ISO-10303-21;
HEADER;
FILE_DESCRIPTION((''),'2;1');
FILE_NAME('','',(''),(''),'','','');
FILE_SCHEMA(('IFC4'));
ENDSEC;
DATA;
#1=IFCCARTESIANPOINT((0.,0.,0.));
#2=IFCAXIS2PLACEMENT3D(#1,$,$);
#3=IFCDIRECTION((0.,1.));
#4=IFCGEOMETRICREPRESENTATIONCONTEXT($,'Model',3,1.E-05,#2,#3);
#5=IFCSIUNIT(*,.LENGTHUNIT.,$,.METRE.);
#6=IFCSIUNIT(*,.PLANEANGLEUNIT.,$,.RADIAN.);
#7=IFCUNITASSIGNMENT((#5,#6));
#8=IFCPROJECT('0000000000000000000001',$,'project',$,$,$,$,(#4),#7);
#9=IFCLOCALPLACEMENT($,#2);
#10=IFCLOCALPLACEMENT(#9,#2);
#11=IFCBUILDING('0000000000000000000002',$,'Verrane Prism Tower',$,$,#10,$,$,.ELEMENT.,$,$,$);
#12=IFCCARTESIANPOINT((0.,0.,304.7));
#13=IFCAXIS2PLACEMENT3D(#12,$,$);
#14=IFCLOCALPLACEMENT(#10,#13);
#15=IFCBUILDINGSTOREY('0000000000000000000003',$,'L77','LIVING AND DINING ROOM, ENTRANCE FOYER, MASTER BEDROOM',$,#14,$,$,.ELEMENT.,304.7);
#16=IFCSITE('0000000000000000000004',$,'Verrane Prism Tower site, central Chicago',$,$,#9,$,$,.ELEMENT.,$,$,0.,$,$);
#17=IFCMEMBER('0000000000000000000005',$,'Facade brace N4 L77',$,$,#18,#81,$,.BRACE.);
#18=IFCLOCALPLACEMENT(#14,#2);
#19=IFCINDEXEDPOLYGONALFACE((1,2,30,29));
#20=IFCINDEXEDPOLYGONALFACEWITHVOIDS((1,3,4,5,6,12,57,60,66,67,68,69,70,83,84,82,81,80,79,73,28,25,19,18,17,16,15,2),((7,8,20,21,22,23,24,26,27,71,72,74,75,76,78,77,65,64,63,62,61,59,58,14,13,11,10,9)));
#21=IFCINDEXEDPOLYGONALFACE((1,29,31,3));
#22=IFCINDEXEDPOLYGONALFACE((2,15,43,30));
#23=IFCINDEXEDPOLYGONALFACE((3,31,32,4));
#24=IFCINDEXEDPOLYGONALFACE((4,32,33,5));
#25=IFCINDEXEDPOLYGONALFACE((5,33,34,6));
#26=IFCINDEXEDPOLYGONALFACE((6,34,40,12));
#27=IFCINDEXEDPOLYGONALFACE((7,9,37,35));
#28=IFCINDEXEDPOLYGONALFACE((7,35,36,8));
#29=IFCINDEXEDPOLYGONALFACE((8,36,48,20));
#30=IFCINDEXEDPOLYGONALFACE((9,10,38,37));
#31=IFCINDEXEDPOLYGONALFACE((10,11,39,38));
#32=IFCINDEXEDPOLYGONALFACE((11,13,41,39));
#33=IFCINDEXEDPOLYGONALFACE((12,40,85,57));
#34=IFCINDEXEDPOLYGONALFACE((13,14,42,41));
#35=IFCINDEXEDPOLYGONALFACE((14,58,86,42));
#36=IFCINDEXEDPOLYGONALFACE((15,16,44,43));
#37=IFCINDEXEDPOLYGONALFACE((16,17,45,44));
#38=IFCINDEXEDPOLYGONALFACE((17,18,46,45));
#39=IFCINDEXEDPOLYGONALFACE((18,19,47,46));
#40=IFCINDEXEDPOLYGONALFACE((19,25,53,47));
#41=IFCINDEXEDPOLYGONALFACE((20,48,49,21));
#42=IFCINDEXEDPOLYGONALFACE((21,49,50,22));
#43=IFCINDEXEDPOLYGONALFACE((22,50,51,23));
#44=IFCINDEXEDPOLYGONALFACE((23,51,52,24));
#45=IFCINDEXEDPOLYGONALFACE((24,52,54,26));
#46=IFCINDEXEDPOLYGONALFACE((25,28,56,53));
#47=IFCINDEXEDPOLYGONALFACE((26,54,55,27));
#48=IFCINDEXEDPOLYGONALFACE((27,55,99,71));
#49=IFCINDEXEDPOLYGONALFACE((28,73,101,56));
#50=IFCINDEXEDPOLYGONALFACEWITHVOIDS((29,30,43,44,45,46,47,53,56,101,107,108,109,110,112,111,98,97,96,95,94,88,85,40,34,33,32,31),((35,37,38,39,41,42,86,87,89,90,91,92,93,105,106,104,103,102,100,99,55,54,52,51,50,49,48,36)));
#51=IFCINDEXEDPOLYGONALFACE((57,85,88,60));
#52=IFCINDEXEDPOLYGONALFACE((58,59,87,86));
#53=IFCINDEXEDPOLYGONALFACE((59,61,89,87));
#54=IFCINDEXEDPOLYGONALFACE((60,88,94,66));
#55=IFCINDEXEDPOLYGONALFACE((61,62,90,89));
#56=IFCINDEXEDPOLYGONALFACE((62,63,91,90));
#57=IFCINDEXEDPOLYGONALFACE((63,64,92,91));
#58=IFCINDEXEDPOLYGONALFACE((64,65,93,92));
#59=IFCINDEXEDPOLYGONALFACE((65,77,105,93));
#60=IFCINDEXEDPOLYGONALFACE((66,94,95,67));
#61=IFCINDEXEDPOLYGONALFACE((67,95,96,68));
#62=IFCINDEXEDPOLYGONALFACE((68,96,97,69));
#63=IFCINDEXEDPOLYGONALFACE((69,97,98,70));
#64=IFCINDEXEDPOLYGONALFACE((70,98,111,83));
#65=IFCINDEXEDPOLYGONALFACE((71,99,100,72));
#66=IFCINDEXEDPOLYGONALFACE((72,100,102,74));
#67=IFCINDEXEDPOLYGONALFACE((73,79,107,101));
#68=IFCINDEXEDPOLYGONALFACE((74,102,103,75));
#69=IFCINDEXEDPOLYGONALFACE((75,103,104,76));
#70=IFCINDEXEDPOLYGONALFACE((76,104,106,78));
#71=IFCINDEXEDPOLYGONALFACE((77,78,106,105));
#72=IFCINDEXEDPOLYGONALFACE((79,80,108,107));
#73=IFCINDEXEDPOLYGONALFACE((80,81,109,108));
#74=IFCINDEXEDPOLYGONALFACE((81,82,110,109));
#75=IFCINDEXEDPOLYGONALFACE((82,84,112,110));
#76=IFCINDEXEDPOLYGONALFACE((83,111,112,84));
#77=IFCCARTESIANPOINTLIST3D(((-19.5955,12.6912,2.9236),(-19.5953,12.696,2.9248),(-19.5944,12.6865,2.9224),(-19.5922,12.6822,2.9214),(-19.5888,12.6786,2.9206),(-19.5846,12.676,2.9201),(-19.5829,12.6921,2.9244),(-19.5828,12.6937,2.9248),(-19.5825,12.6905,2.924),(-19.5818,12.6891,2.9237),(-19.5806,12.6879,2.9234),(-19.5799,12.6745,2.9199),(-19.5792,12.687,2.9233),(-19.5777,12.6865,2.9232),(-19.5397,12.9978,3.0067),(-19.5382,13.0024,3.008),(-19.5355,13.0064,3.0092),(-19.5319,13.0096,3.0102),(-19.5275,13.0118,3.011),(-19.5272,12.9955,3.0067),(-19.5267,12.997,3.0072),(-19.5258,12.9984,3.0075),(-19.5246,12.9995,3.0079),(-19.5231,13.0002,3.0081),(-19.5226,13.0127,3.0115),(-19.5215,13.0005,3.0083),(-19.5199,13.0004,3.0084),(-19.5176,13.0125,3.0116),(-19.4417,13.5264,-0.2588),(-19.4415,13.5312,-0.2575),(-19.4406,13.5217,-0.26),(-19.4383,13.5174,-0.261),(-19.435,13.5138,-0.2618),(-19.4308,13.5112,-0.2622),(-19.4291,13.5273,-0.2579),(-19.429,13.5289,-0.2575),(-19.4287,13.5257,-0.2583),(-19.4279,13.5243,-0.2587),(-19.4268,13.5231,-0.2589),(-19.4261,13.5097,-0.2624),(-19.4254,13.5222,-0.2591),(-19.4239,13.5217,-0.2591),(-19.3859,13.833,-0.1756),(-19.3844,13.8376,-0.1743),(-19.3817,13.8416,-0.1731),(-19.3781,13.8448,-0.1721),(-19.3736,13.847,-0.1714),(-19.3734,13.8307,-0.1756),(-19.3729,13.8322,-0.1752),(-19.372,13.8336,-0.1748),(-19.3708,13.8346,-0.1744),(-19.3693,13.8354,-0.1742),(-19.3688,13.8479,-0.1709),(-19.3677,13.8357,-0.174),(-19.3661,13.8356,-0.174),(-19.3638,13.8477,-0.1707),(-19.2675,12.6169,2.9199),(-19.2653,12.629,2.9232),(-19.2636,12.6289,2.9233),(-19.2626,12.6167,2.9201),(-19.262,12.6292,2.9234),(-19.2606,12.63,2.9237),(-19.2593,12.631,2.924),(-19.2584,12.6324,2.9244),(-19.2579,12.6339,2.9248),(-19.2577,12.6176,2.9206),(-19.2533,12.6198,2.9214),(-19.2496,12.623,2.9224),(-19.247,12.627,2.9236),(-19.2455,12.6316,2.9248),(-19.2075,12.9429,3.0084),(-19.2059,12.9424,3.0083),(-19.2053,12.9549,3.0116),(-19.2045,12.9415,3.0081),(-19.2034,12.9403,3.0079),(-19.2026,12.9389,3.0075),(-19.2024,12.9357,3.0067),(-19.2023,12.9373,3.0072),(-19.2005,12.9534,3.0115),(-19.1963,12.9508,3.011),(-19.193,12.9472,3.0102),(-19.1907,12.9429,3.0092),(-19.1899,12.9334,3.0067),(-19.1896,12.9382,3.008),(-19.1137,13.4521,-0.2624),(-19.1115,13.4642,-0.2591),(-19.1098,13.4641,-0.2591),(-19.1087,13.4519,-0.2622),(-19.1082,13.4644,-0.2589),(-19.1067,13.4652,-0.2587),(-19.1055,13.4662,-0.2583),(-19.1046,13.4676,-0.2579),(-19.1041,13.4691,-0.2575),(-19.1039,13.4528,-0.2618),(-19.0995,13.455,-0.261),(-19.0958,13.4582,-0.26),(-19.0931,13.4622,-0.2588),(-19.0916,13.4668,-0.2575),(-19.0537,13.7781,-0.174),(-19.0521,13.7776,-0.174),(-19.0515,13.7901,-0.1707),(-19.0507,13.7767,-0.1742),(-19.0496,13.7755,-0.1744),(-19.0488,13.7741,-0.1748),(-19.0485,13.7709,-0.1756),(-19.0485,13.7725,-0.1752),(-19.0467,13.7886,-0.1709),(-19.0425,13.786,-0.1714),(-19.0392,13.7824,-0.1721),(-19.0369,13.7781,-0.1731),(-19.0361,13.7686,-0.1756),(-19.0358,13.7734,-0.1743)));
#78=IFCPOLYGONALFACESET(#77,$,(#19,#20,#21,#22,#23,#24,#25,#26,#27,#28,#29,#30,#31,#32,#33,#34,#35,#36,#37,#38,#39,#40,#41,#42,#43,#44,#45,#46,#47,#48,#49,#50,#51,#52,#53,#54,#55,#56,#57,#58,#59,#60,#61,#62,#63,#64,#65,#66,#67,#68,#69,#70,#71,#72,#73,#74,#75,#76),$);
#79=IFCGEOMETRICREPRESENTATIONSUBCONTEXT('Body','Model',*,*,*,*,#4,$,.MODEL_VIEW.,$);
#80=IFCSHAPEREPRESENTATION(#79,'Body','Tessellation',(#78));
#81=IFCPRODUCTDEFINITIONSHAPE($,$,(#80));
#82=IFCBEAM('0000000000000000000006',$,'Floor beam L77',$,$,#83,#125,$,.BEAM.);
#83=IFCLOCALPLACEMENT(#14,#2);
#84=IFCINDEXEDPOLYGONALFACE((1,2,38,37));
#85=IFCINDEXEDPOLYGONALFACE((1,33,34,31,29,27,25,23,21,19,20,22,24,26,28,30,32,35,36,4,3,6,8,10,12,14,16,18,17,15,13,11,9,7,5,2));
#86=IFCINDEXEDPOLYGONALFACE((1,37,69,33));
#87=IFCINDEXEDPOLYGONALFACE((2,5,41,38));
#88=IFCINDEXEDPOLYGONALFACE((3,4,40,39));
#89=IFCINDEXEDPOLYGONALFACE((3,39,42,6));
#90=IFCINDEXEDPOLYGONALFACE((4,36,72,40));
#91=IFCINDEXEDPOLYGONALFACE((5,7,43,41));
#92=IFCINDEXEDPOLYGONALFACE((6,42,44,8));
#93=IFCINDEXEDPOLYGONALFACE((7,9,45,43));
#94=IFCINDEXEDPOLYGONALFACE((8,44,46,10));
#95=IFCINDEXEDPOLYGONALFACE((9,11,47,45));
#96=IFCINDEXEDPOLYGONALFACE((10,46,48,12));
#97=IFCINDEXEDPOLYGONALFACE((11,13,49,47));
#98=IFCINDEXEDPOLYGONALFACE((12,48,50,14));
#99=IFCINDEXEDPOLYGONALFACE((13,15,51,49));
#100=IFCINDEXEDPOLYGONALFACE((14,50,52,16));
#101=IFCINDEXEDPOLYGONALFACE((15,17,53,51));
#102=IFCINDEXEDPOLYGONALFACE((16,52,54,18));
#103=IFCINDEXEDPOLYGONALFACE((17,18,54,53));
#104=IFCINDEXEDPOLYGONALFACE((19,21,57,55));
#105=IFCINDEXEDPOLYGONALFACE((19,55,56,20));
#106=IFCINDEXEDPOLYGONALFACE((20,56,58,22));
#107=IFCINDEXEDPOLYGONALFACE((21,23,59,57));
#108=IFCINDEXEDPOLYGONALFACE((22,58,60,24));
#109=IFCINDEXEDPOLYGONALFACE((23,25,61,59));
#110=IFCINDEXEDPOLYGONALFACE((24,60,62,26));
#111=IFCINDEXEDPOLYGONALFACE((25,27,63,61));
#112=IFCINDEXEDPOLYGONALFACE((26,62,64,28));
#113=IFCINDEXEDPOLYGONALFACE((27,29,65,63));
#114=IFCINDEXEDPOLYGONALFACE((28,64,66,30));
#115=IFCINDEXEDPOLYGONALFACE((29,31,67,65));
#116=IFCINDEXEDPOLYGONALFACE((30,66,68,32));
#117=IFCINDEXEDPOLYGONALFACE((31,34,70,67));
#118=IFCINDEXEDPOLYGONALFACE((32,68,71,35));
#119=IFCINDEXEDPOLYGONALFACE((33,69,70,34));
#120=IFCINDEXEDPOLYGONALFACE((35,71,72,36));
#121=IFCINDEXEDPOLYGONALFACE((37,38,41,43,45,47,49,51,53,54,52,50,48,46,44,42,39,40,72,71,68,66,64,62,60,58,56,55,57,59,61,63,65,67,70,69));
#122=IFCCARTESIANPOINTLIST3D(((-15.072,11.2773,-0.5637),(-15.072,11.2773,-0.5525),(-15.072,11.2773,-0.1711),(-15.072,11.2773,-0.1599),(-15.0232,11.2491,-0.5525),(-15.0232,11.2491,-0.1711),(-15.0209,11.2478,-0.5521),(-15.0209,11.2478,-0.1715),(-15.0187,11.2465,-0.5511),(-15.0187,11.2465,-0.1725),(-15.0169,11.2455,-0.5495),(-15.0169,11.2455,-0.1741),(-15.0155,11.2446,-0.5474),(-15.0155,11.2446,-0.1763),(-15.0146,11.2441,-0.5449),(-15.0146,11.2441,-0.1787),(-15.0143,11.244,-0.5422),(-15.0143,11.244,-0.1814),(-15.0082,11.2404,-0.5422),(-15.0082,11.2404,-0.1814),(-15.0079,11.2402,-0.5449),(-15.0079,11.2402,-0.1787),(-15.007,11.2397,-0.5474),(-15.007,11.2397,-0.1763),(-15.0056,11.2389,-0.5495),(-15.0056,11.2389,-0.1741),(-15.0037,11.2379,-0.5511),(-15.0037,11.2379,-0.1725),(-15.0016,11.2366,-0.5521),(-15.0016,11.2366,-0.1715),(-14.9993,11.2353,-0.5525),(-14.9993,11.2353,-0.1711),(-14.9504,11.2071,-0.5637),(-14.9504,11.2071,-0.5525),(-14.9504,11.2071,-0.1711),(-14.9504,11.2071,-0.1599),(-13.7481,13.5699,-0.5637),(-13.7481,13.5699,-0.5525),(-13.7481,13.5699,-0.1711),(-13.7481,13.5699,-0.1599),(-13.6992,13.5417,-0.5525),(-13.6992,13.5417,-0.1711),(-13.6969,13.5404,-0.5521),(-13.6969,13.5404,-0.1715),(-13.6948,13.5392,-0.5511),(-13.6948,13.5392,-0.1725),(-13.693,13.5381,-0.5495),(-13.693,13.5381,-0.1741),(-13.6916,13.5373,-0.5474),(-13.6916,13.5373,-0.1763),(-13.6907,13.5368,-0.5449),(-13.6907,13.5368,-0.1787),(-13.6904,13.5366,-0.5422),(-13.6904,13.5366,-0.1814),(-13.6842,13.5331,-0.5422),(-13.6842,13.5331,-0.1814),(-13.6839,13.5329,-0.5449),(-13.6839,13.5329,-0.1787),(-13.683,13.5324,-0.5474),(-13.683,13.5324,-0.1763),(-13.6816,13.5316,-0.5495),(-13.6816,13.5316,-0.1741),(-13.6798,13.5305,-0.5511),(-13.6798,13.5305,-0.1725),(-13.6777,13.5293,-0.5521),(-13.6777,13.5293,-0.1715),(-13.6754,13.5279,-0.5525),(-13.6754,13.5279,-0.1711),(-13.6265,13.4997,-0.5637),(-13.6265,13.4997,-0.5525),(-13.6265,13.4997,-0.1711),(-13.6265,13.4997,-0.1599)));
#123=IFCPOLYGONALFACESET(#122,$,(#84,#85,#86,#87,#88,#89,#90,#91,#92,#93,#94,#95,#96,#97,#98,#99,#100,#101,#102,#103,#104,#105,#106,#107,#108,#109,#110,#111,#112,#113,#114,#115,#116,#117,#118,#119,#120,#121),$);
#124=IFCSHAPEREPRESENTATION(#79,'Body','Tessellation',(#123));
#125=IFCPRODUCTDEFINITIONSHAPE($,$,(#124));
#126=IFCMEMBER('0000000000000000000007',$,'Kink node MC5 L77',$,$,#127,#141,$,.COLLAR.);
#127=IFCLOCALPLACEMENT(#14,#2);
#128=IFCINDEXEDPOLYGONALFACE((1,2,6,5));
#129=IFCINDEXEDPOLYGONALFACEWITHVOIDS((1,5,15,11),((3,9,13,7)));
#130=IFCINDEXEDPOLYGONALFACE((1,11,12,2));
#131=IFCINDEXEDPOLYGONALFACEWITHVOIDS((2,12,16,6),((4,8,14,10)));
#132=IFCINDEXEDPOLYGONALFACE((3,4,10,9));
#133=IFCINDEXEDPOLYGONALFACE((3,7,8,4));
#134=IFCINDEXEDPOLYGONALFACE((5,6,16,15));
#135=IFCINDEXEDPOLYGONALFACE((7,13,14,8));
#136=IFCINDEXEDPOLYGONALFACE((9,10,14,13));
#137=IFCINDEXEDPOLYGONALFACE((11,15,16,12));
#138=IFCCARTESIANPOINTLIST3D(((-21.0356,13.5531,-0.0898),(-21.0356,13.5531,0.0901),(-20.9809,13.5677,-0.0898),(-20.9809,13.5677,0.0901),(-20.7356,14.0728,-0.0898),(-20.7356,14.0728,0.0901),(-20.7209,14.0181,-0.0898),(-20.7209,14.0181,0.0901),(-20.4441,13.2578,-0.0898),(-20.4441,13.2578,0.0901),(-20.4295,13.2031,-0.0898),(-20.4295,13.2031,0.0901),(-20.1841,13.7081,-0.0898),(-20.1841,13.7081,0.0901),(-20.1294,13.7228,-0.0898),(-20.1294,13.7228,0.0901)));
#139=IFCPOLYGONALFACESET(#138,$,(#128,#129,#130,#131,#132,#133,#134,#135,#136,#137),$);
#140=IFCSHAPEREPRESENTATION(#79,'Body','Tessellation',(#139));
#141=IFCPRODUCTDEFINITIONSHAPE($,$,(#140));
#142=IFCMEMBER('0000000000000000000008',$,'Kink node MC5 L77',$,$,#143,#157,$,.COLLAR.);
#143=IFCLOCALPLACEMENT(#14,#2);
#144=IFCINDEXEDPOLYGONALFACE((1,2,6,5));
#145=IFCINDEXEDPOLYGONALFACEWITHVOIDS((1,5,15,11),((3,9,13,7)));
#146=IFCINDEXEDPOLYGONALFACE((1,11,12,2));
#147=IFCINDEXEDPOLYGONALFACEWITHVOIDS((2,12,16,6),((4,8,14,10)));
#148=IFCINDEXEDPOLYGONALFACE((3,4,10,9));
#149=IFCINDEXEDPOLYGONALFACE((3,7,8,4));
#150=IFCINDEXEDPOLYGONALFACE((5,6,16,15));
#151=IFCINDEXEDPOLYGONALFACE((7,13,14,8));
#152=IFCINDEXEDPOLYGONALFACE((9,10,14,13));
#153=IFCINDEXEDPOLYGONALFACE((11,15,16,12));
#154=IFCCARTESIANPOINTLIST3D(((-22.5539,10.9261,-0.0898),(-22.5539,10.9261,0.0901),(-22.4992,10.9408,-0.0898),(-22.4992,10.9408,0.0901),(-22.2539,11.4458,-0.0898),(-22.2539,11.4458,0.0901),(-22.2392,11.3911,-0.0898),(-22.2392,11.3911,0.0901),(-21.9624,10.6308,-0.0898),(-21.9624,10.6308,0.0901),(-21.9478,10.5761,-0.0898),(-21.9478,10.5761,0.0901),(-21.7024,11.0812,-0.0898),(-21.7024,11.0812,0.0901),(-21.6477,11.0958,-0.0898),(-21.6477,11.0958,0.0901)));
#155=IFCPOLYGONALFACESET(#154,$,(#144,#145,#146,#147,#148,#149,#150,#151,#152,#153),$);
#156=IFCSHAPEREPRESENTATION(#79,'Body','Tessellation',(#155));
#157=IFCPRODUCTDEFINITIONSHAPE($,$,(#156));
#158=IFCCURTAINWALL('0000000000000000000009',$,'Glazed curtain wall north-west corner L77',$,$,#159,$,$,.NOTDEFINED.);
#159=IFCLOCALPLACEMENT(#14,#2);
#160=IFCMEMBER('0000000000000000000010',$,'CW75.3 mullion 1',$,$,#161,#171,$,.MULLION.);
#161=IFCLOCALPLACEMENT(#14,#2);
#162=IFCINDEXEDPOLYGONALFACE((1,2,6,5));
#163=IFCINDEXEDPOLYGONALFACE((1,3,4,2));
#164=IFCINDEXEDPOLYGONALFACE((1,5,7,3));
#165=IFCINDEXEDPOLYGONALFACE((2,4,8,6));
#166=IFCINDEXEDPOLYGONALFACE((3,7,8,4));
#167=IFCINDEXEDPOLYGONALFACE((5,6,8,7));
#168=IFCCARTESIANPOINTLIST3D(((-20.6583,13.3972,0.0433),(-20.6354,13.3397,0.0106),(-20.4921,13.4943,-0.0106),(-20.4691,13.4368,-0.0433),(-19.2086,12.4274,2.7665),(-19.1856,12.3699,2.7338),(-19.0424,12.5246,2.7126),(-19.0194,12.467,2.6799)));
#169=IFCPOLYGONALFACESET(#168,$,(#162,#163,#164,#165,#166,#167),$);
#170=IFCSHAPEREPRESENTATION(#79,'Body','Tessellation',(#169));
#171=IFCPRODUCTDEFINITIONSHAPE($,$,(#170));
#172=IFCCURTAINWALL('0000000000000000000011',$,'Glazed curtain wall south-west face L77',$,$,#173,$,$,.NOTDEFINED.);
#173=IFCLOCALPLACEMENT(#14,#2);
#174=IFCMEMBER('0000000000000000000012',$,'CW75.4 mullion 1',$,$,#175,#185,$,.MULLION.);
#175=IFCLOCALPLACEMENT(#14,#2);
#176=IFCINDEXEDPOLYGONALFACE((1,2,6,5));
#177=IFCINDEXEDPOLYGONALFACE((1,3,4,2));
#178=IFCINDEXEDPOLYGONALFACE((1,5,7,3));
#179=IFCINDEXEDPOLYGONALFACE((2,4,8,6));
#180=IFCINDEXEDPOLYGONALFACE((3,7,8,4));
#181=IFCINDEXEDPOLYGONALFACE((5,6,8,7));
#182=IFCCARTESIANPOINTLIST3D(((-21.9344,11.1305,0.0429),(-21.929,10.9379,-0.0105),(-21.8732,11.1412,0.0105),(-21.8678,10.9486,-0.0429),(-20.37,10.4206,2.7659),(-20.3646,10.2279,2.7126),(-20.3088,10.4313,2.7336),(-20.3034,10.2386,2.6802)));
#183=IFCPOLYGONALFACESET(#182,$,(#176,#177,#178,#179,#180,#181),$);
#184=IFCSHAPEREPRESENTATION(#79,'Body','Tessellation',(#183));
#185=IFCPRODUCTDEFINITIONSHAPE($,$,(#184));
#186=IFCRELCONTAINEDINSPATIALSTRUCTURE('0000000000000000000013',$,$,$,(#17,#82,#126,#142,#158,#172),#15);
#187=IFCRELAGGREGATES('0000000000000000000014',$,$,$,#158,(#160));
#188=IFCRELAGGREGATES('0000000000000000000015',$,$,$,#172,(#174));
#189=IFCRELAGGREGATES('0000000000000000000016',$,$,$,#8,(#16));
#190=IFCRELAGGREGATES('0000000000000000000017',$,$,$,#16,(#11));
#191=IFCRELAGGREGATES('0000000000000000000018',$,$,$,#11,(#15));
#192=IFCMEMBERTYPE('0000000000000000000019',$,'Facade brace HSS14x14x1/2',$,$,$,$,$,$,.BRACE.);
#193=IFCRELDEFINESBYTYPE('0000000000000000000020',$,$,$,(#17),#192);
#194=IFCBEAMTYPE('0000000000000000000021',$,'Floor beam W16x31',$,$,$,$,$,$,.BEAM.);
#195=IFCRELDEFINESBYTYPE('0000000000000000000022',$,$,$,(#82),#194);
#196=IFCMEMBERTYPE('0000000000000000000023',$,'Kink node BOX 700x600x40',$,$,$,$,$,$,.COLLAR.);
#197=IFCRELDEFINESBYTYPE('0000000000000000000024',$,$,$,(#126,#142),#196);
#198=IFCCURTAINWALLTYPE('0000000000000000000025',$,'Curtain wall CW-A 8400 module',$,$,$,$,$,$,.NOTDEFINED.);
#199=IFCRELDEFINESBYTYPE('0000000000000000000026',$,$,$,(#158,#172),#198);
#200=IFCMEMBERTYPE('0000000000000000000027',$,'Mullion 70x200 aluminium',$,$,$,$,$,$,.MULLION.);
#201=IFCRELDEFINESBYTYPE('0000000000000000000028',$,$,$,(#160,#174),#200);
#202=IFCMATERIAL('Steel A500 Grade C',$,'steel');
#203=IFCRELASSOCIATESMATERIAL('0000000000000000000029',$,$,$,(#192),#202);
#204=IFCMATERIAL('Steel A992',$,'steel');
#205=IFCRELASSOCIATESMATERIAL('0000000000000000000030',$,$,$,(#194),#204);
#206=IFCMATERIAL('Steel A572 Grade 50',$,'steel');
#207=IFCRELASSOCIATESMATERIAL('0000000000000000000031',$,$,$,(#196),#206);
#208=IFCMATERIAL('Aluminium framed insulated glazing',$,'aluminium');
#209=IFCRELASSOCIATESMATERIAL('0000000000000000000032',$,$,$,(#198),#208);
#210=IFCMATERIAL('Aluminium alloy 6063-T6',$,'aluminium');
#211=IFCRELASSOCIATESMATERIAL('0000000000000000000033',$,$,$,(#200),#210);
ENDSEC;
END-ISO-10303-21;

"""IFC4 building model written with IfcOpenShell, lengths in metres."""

from ifc_helpers import new_model, si_unit, direction, frame, origin, origin_2d, place, context, subcontext, project, spatial, rectangle, hollow_rectangle, i_section, extrude, material, material_profile, profile_set, type_object, element, aggregate, save


model = new_model("IFC4")

# Units and contexts
model_context = context("Model", 3, precision=1e-05, world=origin(), true_north=direction((0.0, 1.0)))
body_context = subcontext(model_context, "Body", "Model", "MODEL_VIEW")
ifc_project = project(units=[si_unit("LENGTHUNIT", "METRE"), si_unit("PLANEANGLEUNIT", "RADIAN")], contexts=[model_context])

# Site, building, storey
site_placement = place(None, origin())
site = spatial("IfcSite", under=ifc_project, at=site_placement, Name="Verrane Prism Tower site, central Chicago", CompositionType="ELEMENT", RefElevation=0.0)
building_placement = place(site_placement, origin())
building = spatial("IfcBuilding", under=site, at=building_placement, Name="Verrane Prism Tower", CompositionType="ELEMENT")
storey_placement = place(building_placement, frame((0.0, 0.0, 304.7)))
storey = spatial("IfcBuildingStorey", under=building, at=storey_placement, Name="L77", Description="LIVING AND DINING ROOM, ENTRANCE FOYER, MASTER BEDROOM", CompositionType="ELEMENT", Elevation=304.7)

# Member
ifc_material_1 = material(Name="Steel A500 Grade C", Category="steel")
ifc_material_profile_1 = material_profile(ifc_material_1, hollow_rectangle(XDim=0.3557, YDim=0.3557, WallThickness=0.0127, InnerFilletRadius=0.0063, OuterFilletRadius=0.019, at=origin_2d()), Name="HSS14x14x1/2")
ifc_profile_set_1 = profile_set([ifc_material_profile_1], Name="Steel A500 Grade C")
member_type_1 = type_object("IfcMemberType", Name="Facade brace HSS14x14x1/2", PredefinedType="BRACE", material=ifc_profile_set_1)
member_1_placement = place(storey_placement, frame((-19.2388, 13.6499, -0.2166), z_axis=(-0.046697, -0.253573, 0.966188), x_axis=(0.983463, -0.181111, 0.0)))
element("IfcMember", 1, at=member_1_placement, inside=storey, type_object=member_type_1, Name="Facade brace N4 L77", PredefinedType="BRACE", context=body_context, shape_type="SweptSolid", body=[
    extrude(hollow_rectangle(XDim=0.3557, YDim=0.3557, WallThickness=0.0127, InnerFilletRadius=0.0063, OuterFilletRadius=0.019, at=origin_2d()), origin(), (0.0, 0.0, 1.0), 3.2937),
])

# Beam
ifc_material_2 = material(Name="Steel A992", Category="steel")
ifc_material_profile_2 = material_profile(ifc_material_2, i_section(OverallWidth=0.1404, OverallDepth=0.4038, WebThickness=0.0071, FlangeThickness=0.0112, FilletRadius=0.0103, at=origin_2d()), Name="W16x31")
ifc_profile_set_2 = profile_set([ifc_material_profile_2], Name="Steel A992")
beam_type_1 = type_object("IfcBeamType", Name="Floor beam W16x31", PredefinedType="BEAM", material=ifc_profile_set_2)
beam_1_placement = place(storey_placement, frame((-15.0112, 11.2422, -0.3618), z_axis=(0.500076, 0.865981, 0.0), x_axis=(-0.865981, 0.500076, 0.0)))
element("IfcBeam", 2, at=beam_1_placement, inside=storey, type_object=beam_type_1, Name="Floor beam L77", PredefinedType="BEAM", context=body_context, shape_type="SweptSolid", body=[
    extrude(i_section(OverallWidth=0.1404, OverallDepth=0.4038, WebThickness=0.0071, FlangeThickness=0.0112, FilletRadius=0.0103, at=origin_2d()), origin(), (0.0, 0.0, 1.0), 2.6475),
])

# Members
ifc_material_3 = material(Name="Steel A572 Grade 50", Category="steel")
ifc_material_profile_3 = material_profile(ifc_material_3, hollow_rectangle(XDim=0.6001, YDim=0.7, WallThickness=0.04, at=origin_2d()), Name="BOX 700x600x40")
ifc_profile_set_3 = profile_set([ifc_material_profile_3], Name="Steel A572 Grade 50")
member_type_2 = type_object("IfcMemberType", Name="Kink node BOX 700x600x40", PredefinedType="COLLAR", material=ifc_profile_set_3)
for number, where, z_axis, x_axis, name in (
    (3, (-20.5825, 13.6379, -0.0898), (0.0, 0.0, 1.0), (0.5, 0.866025, 0.0), "Kink node MC5 L77"),
    (4, (-22.1008, 11.011, -0.0898), (0.0, 0.0, 1.0), (0.5, 0.866025, 0.0), "Kink node MC5 L77"),
):
    element("IfcMember", number, at=place(storey_placement, frame(where, z_axis=z_axis, x_axis=x_axis)), inside=storey, type_object=member_type_2, Name=name, PredefinedType="COLLAR", context=body_context, shape_type="SweptSolid", body=[
        extrude(hollow_rectangle(XDim=0.6001, YDim=0.7, WallThickness=0.04, at=origin_2d()), origin(), (0.0, 0.0, 1.0), 0.1799),
    ])

# Curtain walls, members
ifc_material_4 = material(Name="Aluminium framed insulated glazing", Category="aluminium")
curtain_wall_type = type_object("IfcCurtainWallType", Name="Curtain wall CW-A 8400 module", PredefinedType="NOTDEFINED", material=ifc_material_4)
curtain_wall_1_placement = place(storey_placement, origin())
curtain_wall_1 = element("IfcCurtainWall", 5, at=curtain_wall_1_placement, inside=storey, type_object=curtain_wall_type, Name="Glazed curtain wall north-west corner L77", PredefinedType="NOTDEFINED")
ifc_material_5 = material(Name="Aluminium alloy 6063-T6", Category="aluminium")
ifc_material_profile_4 = material_profile(ifc_material_5, rectangle(XDim=0.2, YDim=0.0701, at=origin_2d()), Name="Mullion 70x200 aluminium")
ifc_profile_set_4 = profile_set([ifc_material_profile_4], Name="Aluminium alloy 6063-T6")
member_type_3 = type_object("IfcMemberType", Name="Mullion 70x200 aluminium", PredefinedType="MULLION", material=ifc_profile_set_4)
member_2_placement = place(storey_placement, frame((-20.5637, 13.417, 0.0), z_axis=(0.448297, -0.299871, 0.842085), x_axis=(0.831469, 0.485732, -0.269673)))
member_2 = element("IfcMember", 6, at=member_2_placement, type_object=member_type_3, Name="CW75.3 mullion 1", PredefinedType="MULLION", context=body_context, shape_type="SweptSolid", body=[
    extrude(rectangle(XDim=0.2, YDim=0.0701, at=origin_2d()), origin(), (0.0, 0.0, 1.0), 3.2339),
])
curtain_wall_2_placement = place(storey_placement, origin())
curtain_wall_2 = element("IfcCurtainWall", 7, at=curtain_wall_2_placement, inside=storey, type_object=curtain_wall_type, Name="Glazed curtain wall south-west face L77", PredefinedType="NOTDEFINED")
member_3_placement = place(storey_placement, frame((-21.9011, 11.0396, 0.0), z_axis=(0.485886, -0.220499, 0.845751), x_axis=(-0.027198, 0.963371, 0.266789)))
member_3 = element("IfcMember", 8, at=member_3_placement, type_object=member_type_3, Name="CW75.4 mullion 1", PredefinedType="MULLION", context=body_context, shape_type="SweptSolid", body=[
    extrude(rectangle(XDim=0.2, YDim=0.0701, at=origin_2d()), origin(), (0.0, 0.0, 1.0), 3.2197),
])

aggregate(curtain_wall_1, [member_2])
aggregate(curtain_wall_2, [member_3])

save(model, "model.ifc")
